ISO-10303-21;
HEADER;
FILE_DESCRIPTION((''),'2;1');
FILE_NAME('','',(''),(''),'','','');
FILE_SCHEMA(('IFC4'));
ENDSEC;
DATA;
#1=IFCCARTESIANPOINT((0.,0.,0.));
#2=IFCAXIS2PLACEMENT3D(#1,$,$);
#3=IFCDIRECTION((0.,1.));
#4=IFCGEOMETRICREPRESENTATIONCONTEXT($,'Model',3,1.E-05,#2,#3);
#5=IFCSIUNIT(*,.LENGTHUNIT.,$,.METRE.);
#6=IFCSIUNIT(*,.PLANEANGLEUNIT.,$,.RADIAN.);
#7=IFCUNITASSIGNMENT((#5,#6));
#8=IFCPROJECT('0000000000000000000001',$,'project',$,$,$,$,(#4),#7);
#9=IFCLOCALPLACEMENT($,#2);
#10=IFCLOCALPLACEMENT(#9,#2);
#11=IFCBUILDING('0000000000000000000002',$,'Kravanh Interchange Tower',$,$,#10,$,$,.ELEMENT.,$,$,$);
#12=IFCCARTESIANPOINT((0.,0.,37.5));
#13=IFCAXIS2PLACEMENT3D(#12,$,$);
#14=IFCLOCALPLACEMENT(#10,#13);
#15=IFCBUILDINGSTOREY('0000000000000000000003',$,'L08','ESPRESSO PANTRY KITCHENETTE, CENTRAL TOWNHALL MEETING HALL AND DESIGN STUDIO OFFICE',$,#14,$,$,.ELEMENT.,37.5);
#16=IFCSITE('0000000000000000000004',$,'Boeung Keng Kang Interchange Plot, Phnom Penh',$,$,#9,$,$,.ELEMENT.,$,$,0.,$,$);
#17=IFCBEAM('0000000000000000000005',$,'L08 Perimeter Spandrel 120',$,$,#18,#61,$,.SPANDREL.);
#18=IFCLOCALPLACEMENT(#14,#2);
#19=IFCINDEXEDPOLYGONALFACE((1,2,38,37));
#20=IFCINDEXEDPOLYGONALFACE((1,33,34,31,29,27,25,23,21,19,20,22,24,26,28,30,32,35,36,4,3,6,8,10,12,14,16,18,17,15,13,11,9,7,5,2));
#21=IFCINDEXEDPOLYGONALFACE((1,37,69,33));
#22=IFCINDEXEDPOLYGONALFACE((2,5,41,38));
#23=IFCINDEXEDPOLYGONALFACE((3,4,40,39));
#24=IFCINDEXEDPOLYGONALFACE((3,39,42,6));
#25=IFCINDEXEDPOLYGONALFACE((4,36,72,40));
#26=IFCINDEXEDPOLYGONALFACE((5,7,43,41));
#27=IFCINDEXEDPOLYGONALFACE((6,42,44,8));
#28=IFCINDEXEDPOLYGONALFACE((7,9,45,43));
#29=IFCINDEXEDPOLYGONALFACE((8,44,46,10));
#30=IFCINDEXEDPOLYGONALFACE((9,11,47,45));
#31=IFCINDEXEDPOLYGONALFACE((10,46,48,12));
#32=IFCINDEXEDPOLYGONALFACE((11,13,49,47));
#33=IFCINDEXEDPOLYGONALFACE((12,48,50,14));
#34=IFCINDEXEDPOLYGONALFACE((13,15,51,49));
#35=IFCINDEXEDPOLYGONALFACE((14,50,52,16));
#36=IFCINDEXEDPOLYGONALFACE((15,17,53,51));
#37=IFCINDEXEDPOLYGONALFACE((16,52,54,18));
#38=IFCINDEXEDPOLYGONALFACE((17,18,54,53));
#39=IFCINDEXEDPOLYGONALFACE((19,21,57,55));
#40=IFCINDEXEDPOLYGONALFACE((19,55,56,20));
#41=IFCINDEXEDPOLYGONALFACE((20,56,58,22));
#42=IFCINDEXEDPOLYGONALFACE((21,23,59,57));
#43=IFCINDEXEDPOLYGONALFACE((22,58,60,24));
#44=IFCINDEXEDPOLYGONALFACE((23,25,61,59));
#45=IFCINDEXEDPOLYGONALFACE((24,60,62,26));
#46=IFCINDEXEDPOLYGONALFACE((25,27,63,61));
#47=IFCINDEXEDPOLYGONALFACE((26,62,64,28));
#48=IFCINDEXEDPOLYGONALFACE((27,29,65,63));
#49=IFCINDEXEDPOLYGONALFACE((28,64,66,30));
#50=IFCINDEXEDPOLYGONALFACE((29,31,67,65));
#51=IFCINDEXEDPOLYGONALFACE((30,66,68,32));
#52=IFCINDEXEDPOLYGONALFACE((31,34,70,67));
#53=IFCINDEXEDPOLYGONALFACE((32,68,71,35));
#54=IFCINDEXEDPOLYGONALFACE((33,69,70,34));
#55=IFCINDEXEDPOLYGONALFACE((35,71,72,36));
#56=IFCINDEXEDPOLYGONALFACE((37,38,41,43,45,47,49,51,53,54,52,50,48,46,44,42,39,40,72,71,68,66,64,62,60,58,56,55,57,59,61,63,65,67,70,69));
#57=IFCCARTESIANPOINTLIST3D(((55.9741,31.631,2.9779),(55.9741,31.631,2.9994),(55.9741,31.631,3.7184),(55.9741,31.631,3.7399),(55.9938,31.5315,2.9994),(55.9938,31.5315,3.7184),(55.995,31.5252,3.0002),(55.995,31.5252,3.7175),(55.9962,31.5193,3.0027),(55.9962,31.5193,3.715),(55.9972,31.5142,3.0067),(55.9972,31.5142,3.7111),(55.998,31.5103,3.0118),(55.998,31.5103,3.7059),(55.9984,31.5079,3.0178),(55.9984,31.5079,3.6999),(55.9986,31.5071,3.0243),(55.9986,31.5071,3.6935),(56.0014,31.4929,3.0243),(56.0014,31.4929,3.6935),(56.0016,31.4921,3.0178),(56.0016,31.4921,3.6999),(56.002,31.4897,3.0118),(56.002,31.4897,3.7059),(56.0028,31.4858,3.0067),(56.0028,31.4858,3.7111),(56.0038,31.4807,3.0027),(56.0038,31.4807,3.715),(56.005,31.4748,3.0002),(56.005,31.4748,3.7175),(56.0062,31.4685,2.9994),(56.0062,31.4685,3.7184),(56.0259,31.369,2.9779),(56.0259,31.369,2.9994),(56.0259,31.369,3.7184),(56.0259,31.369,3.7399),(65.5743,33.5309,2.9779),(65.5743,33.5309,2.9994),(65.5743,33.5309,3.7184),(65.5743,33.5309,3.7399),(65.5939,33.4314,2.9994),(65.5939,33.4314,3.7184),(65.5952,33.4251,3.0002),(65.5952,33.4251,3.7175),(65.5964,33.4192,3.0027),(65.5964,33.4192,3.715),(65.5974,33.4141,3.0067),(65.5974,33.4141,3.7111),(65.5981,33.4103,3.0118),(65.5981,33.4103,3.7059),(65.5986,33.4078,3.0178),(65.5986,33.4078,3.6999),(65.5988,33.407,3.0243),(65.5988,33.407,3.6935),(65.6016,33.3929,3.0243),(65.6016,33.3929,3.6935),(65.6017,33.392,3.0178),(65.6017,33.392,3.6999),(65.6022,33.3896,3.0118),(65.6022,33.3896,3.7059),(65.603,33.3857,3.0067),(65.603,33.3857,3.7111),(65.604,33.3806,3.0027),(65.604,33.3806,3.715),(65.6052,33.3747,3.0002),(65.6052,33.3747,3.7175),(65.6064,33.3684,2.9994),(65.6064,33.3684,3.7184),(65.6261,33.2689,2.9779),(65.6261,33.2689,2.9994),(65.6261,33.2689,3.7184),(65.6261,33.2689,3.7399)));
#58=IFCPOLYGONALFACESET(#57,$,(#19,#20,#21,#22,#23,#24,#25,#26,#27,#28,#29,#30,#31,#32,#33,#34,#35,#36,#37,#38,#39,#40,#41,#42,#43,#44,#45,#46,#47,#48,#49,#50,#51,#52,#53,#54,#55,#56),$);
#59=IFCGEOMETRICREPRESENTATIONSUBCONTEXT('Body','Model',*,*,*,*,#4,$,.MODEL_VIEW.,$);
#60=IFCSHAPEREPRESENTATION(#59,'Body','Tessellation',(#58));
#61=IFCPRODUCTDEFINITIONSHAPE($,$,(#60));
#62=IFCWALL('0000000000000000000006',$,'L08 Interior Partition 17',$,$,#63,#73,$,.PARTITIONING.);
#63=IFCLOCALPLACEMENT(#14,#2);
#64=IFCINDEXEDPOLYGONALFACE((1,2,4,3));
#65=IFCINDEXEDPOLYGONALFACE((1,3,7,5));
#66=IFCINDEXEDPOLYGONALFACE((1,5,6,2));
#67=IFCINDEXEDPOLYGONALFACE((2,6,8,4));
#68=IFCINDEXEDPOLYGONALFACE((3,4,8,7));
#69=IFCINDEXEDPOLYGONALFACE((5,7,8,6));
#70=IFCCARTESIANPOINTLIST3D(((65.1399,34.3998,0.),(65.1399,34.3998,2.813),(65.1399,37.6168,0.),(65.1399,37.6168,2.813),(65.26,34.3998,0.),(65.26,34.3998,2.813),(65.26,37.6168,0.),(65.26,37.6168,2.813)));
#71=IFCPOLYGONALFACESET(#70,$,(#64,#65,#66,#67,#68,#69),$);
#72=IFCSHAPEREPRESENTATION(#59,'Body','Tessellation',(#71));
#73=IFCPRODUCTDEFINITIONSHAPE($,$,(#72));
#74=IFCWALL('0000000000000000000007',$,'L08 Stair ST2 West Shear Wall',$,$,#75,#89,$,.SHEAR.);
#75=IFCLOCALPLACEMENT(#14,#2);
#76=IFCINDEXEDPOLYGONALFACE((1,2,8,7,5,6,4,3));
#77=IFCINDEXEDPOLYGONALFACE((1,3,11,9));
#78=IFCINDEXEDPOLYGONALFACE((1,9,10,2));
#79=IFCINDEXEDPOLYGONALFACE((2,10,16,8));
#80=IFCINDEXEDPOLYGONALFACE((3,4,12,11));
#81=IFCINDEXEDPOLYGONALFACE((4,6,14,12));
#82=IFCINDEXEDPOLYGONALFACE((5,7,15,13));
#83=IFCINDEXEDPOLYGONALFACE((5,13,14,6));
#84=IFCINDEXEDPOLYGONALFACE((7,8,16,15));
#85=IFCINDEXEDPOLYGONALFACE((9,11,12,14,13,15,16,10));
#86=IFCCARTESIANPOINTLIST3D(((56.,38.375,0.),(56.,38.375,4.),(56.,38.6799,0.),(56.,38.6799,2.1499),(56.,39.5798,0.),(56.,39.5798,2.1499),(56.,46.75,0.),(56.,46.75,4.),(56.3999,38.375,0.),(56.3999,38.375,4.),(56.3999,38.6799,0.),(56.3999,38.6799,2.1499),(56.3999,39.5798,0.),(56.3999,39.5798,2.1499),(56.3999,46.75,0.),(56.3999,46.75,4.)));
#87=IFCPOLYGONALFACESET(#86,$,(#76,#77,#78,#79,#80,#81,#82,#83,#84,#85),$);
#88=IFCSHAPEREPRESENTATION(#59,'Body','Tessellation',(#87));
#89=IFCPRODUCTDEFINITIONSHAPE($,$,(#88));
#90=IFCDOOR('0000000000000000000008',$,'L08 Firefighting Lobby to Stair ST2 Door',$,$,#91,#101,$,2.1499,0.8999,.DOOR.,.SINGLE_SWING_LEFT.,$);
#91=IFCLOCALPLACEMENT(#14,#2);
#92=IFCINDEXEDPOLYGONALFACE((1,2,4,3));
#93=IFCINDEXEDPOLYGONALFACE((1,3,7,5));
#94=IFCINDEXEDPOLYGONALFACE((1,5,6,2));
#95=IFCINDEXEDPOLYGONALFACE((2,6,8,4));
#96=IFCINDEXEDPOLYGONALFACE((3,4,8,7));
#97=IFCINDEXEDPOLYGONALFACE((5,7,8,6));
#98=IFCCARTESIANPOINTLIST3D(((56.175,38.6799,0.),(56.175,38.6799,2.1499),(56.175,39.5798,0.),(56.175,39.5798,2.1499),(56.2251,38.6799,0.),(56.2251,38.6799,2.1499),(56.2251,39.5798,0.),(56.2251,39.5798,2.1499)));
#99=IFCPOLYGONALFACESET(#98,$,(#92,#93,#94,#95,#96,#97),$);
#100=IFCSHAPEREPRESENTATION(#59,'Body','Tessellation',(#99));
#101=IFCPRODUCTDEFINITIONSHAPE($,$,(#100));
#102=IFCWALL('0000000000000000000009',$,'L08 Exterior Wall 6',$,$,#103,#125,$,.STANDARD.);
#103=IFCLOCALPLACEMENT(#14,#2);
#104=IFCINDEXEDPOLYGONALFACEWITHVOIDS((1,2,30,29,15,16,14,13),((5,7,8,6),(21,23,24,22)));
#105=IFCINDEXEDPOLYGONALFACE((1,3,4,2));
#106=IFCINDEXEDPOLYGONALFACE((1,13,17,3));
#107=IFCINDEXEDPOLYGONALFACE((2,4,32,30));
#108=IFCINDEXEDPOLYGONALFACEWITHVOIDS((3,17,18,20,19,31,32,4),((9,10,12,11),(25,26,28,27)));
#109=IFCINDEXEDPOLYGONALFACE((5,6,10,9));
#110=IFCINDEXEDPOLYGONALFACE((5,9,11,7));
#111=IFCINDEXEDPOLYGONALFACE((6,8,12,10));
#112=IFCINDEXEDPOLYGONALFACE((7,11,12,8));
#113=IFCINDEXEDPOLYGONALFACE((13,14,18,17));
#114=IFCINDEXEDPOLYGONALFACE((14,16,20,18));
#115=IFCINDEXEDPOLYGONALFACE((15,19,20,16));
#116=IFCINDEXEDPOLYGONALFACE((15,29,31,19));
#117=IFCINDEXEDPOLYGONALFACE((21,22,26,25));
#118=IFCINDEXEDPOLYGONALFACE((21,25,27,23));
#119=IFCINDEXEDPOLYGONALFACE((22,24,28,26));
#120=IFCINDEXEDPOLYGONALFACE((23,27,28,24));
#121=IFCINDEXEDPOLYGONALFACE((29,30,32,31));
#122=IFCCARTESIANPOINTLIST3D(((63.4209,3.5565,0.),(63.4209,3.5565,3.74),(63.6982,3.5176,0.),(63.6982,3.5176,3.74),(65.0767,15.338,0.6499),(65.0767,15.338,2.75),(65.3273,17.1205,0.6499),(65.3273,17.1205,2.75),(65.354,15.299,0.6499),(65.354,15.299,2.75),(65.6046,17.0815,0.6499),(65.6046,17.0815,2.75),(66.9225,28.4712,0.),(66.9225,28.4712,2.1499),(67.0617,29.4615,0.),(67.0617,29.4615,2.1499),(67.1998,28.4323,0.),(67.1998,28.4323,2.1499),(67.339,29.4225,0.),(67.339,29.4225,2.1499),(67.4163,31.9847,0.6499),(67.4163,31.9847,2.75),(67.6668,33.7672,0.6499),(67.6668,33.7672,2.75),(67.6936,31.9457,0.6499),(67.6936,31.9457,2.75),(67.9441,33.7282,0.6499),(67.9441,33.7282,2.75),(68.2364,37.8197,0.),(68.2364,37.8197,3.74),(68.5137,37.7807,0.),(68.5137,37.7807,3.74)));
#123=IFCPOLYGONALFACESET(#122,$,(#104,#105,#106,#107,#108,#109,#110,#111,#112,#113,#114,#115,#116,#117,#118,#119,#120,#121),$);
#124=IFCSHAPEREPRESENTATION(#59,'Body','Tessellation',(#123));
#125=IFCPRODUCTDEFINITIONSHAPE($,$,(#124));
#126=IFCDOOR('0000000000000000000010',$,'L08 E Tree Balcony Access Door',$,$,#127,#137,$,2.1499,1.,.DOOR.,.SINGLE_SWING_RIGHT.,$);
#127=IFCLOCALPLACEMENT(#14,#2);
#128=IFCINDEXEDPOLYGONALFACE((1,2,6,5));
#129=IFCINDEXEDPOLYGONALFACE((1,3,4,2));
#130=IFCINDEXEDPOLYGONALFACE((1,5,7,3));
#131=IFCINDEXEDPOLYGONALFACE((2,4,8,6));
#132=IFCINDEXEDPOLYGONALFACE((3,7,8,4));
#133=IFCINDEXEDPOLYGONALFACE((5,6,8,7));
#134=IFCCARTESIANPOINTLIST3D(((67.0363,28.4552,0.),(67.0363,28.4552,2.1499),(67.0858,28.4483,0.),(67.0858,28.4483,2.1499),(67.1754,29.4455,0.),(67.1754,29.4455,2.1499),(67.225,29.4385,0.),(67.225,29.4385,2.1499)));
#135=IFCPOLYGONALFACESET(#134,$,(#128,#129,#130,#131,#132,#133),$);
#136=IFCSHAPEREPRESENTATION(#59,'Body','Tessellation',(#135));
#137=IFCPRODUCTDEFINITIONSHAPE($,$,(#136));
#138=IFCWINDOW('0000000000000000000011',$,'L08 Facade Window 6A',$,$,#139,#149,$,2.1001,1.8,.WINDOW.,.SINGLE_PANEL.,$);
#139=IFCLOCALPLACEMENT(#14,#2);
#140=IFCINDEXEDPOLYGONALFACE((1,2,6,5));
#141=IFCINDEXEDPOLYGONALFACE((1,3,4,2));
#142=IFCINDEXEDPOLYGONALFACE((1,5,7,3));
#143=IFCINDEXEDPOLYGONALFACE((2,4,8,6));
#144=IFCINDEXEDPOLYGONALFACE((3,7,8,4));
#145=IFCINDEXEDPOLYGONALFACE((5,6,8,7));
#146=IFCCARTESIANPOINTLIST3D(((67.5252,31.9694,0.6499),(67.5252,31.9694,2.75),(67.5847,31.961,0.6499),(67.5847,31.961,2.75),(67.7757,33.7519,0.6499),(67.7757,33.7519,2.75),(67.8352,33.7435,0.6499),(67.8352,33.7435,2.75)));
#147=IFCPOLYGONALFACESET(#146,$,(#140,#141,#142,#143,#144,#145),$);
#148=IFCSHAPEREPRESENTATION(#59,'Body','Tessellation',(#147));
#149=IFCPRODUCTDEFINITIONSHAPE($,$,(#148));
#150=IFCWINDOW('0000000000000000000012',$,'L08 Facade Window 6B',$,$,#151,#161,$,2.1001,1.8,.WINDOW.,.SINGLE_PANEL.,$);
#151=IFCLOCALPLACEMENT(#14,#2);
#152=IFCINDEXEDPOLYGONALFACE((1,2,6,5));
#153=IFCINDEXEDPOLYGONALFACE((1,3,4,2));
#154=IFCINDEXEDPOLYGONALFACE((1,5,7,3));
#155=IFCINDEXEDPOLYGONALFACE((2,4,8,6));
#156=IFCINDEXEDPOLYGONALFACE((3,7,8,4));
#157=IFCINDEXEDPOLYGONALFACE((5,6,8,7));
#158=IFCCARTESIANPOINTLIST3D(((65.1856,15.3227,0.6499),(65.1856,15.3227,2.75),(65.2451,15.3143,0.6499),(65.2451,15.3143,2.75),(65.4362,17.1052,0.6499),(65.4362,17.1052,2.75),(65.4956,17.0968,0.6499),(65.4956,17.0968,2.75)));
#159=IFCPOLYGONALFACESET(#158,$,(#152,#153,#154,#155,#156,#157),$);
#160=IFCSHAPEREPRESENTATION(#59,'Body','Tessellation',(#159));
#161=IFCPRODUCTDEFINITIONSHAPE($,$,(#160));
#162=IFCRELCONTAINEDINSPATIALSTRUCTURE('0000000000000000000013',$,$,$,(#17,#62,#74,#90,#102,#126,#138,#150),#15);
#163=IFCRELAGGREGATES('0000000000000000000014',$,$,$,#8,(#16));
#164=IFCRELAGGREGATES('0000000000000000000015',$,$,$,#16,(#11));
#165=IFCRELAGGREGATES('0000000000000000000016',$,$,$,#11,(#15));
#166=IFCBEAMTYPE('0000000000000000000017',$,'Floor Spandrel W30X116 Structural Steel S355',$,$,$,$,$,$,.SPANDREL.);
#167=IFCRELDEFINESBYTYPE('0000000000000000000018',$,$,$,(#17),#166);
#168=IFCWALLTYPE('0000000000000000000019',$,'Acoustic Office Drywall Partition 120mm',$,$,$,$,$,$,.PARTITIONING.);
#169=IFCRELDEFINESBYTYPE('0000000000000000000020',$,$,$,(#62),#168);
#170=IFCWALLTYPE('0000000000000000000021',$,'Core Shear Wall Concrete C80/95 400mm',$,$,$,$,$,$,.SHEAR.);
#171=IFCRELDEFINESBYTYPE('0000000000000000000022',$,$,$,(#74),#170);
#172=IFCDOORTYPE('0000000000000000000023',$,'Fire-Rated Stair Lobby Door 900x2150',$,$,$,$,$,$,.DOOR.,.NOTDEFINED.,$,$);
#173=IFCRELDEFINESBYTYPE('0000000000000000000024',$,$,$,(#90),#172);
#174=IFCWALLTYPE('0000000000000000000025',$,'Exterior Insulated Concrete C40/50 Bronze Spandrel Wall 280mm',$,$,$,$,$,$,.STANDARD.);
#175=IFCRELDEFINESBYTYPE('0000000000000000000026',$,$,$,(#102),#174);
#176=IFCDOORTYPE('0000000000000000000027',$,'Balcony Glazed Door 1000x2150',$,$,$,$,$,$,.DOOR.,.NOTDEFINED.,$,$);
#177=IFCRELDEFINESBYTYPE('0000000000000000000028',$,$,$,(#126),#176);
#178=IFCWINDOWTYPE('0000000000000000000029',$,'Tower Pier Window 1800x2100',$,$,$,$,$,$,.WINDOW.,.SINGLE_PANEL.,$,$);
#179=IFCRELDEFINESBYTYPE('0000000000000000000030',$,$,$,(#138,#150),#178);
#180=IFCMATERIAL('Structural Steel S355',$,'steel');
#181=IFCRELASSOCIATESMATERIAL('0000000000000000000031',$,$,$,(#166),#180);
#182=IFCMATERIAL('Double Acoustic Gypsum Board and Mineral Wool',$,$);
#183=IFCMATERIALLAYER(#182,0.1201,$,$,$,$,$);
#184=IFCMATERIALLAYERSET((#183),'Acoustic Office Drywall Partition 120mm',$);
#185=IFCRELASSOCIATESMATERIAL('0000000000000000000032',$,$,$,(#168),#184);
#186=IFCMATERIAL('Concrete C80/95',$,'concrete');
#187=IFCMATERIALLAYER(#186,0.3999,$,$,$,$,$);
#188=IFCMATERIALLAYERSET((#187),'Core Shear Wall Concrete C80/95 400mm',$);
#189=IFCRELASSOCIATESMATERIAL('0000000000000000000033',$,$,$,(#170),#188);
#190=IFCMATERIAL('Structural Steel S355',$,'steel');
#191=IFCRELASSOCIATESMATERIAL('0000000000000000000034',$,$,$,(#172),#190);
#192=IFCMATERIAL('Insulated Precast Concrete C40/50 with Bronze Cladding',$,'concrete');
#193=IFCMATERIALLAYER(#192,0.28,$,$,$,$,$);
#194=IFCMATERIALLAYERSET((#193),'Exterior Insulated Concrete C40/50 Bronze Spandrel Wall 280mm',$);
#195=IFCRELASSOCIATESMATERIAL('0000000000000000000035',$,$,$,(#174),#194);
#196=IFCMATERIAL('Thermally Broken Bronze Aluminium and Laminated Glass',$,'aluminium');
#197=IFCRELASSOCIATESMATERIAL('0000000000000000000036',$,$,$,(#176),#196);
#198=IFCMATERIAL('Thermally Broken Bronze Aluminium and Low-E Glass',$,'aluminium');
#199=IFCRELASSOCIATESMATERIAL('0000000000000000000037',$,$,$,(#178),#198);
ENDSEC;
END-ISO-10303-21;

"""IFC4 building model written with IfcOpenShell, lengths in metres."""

from ifc_helpers import new_model, si_unit, direction, frame, frame_2d, origin, origin_2d, place, context, subcontext, project, spatial, rectangle, i_section, extrude, material, layer, layer_set, material_profile, profile_set, type_object, element, fill, save


model = new_model("IFC4")

# Units and contexts
model_context = context("Model", 3, precision=1e-05, world=origin(), true_north=direction((0.0, 1.0)))
body_context = subcontext(model_context, "Body", "Model", "MODEL_VIEW")
ifc_project = project(units=[si_unit("LENGTHUNIT", "METRE"), si_unit("PLANEANGLEUNIT", "RADIAN")], contexts=[model_context])

# Site, building, storey
site_placement = place(None, origin())
site = spatial("IfcSite", under=ifc_project, at=site_placement, Name="Boeung Keng Kang Interchange Plot, Phnom Penh", CompositionType="ELEMENT", RefElevation=0.0)
building_placement = place(site_placement, origin())
building = spatial("IfcBuilding", under=site, at=building_placement, Name="Kravanh Interchange Tower", CompositionType="ELEMENT")
storey_placement = place(building_placement, frame((0.0, 0.0, 37.5)))
storey = spatial("IfcBuildingStorey", under=building, at=storey_placement, Name="L08", Description="ESPRESSO PANTRY KITCHENETTE, CENTRAL TOWNHALL MEETING HALL AND DESIGN STUDIO OFFICE", CompositionType="ELEMENT", Elevation=37.5)

# Beam
ifc_material_1 = material(Name="Structural Steel S355", Category="steel")
ifc_material_profile_1 = material_profile(ifc_material_1, i_section(OverallWidth=0.2671, OverallDepth=0.762, WebThickness=0.0144, FlangeThickness=0.0215, FilletRadius=0.0249, at=origin_2d()), Name="W30X116")
ifc_profile_set_1 = profile_set([ifc_material_profile_1], Name="Structural Steel S355")
beam_type_1 = type_object("IfcBeamType", Name="Floor Spandrel W30X116 Structural Steel S355", PredefinedType="SPANDREL", material=ifc_profile_set_1)
beam_1_placement = place(storey_placement, frame((56.0, 31.5, 3.3589), z_axis=(0.980974, 0.194139, 0.0), x_axis=(-0.194139, 0.980974, 0.0)))
element("IfcBeam", 1, at=beam_1_placement, inside=storey, type_object=beam_type_1, Name="L08 Perimeter Spandrel 120", PredefinedType="SPANDREL", context=body_context, shape_type="SweptSolid", body=[
    extrude(i_section(OverallWidth=0.2671, OverallDepth=0.762, WebThickness=0.0144, FlangeThickness=0.0215, FilletRadius=0.0249, at=origin_2d()), origin(), (0.0, 0.0, 1.0), 9.7864),
])

# Wall
ifc_material_2 = material(Name="Double Acoustic Gypsum Board and Mineral Wool")
ifc_layer_1 = layer(ifc_material_2, 0.1201)
ifc_layer_set_1 = layer_set([ifc_layer_1], Name="Acoustic Office Drywall Partition 120mm")
wall_type_1 = type_object("IfcWallType", Name="Acoustic Office Drywall Partition 120mm", PredefinedType="PARTITIONING", material=ifc_layer_set_1)
wall_1_placement = place(storey_placement, frame((65.2, 34.3999, 0.0), z_axis=(0.0, 0.0, 1.0), x_axis=(0.0, 1.0, 0.0)))
element("IfcWall", 2, at=wall_1_placement, inside=storey, type_object=wall_type_1, Name="L08 Interior Partition 17", PredefinedType="PARTITIONING", context=body_context, shape_type="SweptSolid", body=[
    extrude(rectangle(XDim=3.217, YDim=0.1201, at=frame_2d((1.6084, 0.0))), origin(), (0.0, 0.0, 1.0), 2.813),
])

# Wall, opening, door
ifc_material_3 = material(Name="Concrete C80/95", Category="concrete")
ifc_layer_2 = layer(ifc_material_3, 0.3999)
ifc_layer_set_2 = layer_set([ifc_layer_2], Name="Core Shear Wall Concrete C80/95 400mm")
wall_type_2 = type_object("IfcWallType", Name="Core Shear Wall Concrete C80/95 400mm", PredefinedType="SHEAR", material=ifc_layer_set_2)
wall_2_placement = place(storey_placement, frame((56.2, 38.375, 0.0), z_axis=(0.0, 0.0, 1.0), x_axis=(0.0, 1.0, 0.0)))
wall_2 = element("IfcWall", 3, at=wall_2_placement, inside=storey, type_object=wall_type_2, Name="L08 Stair ST2 West Shear Wall", PredefinedType="SHEAR", context=body_context, shape_type="SweptSolid", body=[
    extrude(rectangle(XDim=8.375, YDim=0.3999, at=frame_2d((4.1875, 0.0))), origin(), (0.0, 0.0, 1.0), 4.0),
])
opening_1_placement = place(wall_2_placement, frame((0.3049, 0.0, 0.0)))
opening_1 = element("IfcOpeningElement", 4, at=opening_1_placement, cuts=wall_2, PredefinedType="OPENING", context=body_context, shape_type="SweptSolid", body=[
    extrude(rectangle(XDim=0.8999, YDim=2.1499, at=frame_2d((0.45, 1.075))), frame((0.0, 0.21, 0.0), z_axis=(0.0, -1.0, 0.0), x_axis=(1.0, 0.0, 0.0)), (0.0, 0.0, 1.0), 0.4199),
])
ifc_material_4 = material(Name="Structural Steel S355", Category="steel")
door_type_1 = type_object("IfcDoorType", Name="Fire-Rated Stair Lobby Door 900x2150", OperationType="NOTDEFINED", PredefinedType="DOOR", material=ifc_material_4)
door_1_placement = place(opening_1_placement, origin())
door_1 = element("IfcDoor", 5, at=door_1_placement, inside=storey, type_object=door_type_1, Name="L08 Firefighting Lobby to Stair ST2 Door", OperationType="SINGLE_SWING_LEFT", OverallHeight=2.1499, OverallWidth=0.8999, PredefinedType="DOOR", context=body_context, shape_type="SweptSolid", body=[
    extrude(rectangle(XDim=0.8999, YDim=2.1499, at=frame_2d((0.45, 1.075))), frame((0.0, 0.0249, 0.0), z_axis=(0.0, -1.0, 0.0), x_axis=(1.0, 0.0, 0.0)), (0.0, 0.0, 1.0), 0.05),
])
fill(opening_1, door_1)

# Wall, openings, door, windows
ifc_material_5 = material(Name="Insulated Precast Concrete C40/50 with Bronze Cladding", Category="concrete")
ifc_layer_3 = layer(ifc_material_5, 0.28)
ifc_layer_set_3 = layer_set([ifc_layer_3], Name="Exterior Insulated Concrete C40/50 Bronze Spandrel Wall 280mm")
wall_type_3 = type_object("IfcWallType", Name="Exterior Insulated Concrete C40/50 Bronze Spandrel Wall 280mm", PredefinedType="STANDARD", material=ifc_layer_set_3)
wall_3_placement = place(storey_placement, frame((68.375, 37.8, 0.0), z_axis=(0.0, 0.0, 1.0), x_axis=(-0.139175, -0.990268, 0.0)))
wall_3 = element("IfcWall", 6, at=wall_3_placement, inside=storey, type_object=wall_type_3, Name="L08 Exterior Wall 6", PredefinedType="STANDARD", context=body_context, shape_type="SweptSolid", body=[
    extrude(rectangle(XDim=34.5999, YDim=0.28, at=frame_2d((17.2998, 0.0))), origin(), (0.0, 0.0, 1.0), 3.74),
])
opening_2_placement = place(wall_3_placement, frame((8.4402, 0.0, 0.0)))
opening_2 = element("IfcOpeningElement", 7, at=opening_2_placement, cuts=wall_3, PredefinedType="OPENING", context=body_context, shape_type="SweptSolid", body=[
    extrude(rectangle(XDim=1.0, YDim=2.1499, at=frame_2d((0.5, 1.075))), frame((0.0, 0.1499, 0.0), z_axis=(0.0, -1.0, 0.0), x_axis=(1.0, 0.0, 0.0)), (0.0, 0.0, 1.0), 0.3),
])
opening_3_placement = place(wall_3_placement, frame((4.0923, 0.0, 0.6499)))
opening_3 = element("IfcOpeningElement", 8, at=opening_3_placement, cuts=wall_3, PredefinedType="OPENING", context=body_context, shape_type="SweptSolid", body=[
    extrude(rectangle(XDim=1.8, YDim=2.1001, at=frame_2d((0.8999, 1.05))), frame((0.0, 0.1499, 0.0), z_axis=(0.0, -1.0, 0.0), x_axis=(1.0, 0.0, 0.0)), (0.0, 0.0, 1.0), 0.3),
])
opening_4_placement = place(wall_3_placement, frame((20.9026, 0.0, 0.6499)))
opening_4 = element("IfcOpeningElement", 9, at=opening_4_placement, cuts=wall_3, PredefinedType="OPENING", context=body_context, shape_type="SweptSolid", body=[
    extrude(rectangle(XDim=1.8, YDim=2.1001, at=frame_2d((0.8999, 1.05))), frame((0.0, 0.1499, 0.0), z_axis=(0.0, -1.0, 0.0), x_axis=(1.0, 0.0, 0.0)), (0.0, 0.0, 1.0), 0.3),
])
ifc_material_6 = material(Name="Thermally Broken Bronze Aluminium and Laminated Glass", Category="aluminium")
door_type_2 = type_object("IfcDoorType", Name="Balcony Glazed Door 1000x2150", OperationType="NOTDEFINED", PredefinedType="DOOR", material=ifc_material_6)
door_2_placement = place(opening_2_placement, origin())
door_2 = element("IfcDoor", 10, at=door_2_placement, inside=storey, type_object=door_type_2, Name="L08 E Tree Balcony Access Door", OperationType="SINGLE_SWING_RIGHT", OverallHeight=2.1499, OverallWidth=1.0, PredefinedType="DOOR", context=body_context, shape_type="SweptSolid", body=[
    extrude(rectangle(XDim=1.0, YDim=2.1499, at=frame_2d((0.5, 1.075))), frame((0.0, 0.0249, 0.0), z_axis=(0.0, -1.0, 0.0), x_axis=(1.0, 0.0, 0.0)), (0.0, 0.0, 1.0), 0.05),
])
fill(opening_2, door_2)
ifc_material_7 = material(Name="Thermally Broken Bronze Aluminium and Low-E Glass", Category="aluminium")
window_type = type_object("IfcWindowType", Name="Tower Pier Window 1800x2100", PartitioningType="SINGLE_PANEL", PredefinedType="WINDOW", material=ifc_material_7)
window_1_placement = place(opening_3_placement, origin())
window_1 = element("IfcWindow", 11, at=window_1_placement, inside=storey, type_object=window_type, Name="L08 Facade Window 6A", OverallHeight=2.1001, OverallWidth=1.8, PartitioningType="SINGLE_PANEL", PredefinedType="WINDOW", context=body_context, shape_type="SweptSolid", body=[
    extrude(rectangle(XDim=1.8, YDim=2.1001, at=frame_2d((0.8999, 1.05))), frame((0.0, 0.03, 0.0), z_axis=(0.0, -1.0, 0.0), x_axis=(1.0, 0.0, 0.0)), (0.0, 0.0, 1.0), 0.0601),
])
fill(opening_3, window_1)
window_2_placement = place(opening_4_placement, origin())
window_2 = element("IfcWindow", 12, at=window_2_placement, inside=storey, type_object=window_type, Name="L08 Facade Window 6B", OverallHeight=2.1001, OverallWidth=1.8, PartitioningType="SINGLE_PANEL", PredefinedType="WINDOW", context=body_context, shape_type="SweptSolid", body=[
    extrude(rectangle(XDim=1.8, YDim=2.1001, at=frame_2d((0.8999, 1.05))), frame((0.0, 0.03, 0.0), z_axis=(0.0, -1.0, 0.0), x_axis=(1.0, 0.0, 0.0)), (0.0, 0.0, 1.0), 0.0601),
])
fill(opening_4, window_2)

save(model, "model.ifc")
